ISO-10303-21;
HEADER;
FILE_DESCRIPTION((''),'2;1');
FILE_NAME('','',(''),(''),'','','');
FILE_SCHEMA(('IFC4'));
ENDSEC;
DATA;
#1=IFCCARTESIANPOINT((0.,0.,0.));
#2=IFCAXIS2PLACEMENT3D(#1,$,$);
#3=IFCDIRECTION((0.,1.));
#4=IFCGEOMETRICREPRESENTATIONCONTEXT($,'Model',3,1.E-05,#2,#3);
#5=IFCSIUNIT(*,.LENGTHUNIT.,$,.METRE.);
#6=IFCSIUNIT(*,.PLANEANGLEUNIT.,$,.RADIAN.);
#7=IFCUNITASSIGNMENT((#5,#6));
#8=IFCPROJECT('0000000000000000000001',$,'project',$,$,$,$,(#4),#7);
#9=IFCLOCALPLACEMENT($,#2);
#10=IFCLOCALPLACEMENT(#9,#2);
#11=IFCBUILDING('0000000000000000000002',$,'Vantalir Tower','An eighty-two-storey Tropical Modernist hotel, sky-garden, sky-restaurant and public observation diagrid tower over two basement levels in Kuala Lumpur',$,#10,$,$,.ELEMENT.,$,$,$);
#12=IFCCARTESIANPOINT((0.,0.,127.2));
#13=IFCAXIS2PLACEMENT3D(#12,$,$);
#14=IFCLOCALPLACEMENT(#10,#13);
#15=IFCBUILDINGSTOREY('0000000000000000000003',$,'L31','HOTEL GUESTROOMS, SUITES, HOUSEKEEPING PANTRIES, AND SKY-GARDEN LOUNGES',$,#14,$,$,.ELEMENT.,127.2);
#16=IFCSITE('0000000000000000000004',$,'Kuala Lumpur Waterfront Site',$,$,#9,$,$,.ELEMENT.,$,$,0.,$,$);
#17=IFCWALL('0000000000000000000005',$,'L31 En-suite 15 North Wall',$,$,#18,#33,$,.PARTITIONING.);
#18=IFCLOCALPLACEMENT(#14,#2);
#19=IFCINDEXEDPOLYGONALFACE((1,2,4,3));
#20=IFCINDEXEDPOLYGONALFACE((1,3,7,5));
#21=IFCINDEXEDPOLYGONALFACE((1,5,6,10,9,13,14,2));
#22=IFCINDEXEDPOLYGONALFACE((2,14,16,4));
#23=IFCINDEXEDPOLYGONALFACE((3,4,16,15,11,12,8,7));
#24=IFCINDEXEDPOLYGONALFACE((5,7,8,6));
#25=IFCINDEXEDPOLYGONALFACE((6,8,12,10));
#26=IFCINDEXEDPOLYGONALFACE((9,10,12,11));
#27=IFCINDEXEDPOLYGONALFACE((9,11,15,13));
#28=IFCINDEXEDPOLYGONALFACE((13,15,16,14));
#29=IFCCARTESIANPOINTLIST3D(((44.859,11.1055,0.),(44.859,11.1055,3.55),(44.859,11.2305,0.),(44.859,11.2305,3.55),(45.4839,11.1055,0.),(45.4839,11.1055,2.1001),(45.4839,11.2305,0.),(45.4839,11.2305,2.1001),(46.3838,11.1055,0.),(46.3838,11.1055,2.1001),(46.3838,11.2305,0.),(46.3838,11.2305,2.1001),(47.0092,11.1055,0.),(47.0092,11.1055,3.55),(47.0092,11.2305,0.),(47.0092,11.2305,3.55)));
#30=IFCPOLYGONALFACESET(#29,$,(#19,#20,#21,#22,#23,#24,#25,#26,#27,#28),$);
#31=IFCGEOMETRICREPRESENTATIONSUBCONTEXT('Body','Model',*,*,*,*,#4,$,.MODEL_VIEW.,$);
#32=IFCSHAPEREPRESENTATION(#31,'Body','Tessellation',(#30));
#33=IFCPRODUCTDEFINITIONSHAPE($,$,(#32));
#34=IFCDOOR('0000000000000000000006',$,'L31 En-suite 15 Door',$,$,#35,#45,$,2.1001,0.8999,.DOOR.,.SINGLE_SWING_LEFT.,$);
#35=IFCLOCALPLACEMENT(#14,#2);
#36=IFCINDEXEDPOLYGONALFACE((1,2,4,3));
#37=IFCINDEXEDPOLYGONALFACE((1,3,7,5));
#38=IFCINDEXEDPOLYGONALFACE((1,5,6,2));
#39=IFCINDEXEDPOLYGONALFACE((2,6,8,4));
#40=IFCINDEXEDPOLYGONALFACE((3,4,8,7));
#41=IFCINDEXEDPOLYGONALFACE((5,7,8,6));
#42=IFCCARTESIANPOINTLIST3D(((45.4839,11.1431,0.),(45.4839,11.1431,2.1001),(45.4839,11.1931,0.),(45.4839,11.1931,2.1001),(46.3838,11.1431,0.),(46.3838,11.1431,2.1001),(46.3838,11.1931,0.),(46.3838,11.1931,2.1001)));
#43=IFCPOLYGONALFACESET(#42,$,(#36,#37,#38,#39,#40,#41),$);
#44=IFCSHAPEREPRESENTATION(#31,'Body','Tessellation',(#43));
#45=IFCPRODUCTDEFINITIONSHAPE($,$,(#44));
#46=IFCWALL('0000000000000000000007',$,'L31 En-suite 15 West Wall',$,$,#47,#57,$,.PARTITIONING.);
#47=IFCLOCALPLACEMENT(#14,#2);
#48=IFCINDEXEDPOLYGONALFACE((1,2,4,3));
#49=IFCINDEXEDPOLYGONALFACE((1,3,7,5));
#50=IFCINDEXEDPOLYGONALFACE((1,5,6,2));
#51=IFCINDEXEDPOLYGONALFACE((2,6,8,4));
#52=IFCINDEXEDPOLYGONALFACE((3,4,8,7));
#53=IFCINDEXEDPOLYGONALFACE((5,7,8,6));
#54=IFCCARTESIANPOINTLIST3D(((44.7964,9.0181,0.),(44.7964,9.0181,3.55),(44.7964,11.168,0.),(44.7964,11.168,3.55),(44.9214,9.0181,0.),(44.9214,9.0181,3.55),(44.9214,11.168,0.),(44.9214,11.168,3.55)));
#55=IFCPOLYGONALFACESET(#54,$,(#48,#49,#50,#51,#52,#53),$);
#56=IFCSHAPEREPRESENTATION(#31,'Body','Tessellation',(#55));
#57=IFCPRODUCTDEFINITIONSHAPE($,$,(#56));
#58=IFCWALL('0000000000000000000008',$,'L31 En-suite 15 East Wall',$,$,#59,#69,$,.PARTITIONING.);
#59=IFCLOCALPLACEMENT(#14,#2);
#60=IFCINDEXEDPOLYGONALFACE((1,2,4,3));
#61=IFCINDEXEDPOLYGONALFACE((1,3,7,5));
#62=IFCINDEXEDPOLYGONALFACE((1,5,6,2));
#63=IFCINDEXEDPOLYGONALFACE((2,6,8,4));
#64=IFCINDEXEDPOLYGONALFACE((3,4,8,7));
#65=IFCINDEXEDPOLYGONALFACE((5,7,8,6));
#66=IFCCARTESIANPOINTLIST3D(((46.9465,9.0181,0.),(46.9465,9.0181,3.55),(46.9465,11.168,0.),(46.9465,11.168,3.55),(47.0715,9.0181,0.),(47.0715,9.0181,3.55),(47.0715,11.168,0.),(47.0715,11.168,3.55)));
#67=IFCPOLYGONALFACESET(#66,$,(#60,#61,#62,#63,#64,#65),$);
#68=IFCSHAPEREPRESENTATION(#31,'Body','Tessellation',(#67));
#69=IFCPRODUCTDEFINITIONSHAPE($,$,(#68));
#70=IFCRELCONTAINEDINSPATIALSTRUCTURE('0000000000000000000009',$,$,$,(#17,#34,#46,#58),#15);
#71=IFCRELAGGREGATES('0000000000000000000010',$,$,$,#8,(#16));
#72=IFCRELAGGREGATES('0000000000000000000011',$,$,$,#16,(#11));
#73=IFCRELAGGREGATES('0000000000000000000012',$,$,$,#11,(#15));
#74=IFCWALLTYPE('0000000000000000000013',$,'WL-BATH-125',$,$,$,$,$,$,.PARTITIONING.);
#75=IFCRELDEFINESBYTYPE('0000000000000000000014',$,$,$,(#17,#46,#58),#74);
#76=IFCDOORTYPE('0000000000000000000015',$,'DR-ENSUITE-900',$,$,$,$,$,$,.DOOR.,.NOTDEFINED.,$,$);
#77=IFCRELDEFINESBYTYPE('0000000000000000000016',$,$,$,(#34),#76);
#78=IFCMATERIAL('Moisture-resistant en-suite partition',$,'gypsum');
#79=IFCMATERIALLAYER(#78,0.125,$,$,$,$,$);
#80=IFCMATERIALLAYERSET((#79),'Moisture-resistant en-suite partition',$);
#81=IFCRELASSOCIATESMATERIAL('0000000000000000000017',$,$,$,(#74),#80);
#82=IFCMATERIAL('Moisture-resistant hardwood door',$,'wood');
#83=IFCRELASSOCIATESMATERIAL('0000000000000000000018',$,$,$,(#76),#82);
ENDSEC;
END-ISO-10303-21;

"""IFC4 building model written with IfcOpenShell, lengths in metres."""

from ifc_helpers import new_model, si_unit, direction, frame, frame_2d, origin, place, context, subcontext, project, spatial, rectangle, extrude, material, layer, layer_set, type_object, element, fill, save


model = new_model("IFC4")

# Units and contexts
model_context = context("Model", 3, precision=1e-05, world=origin(), true_north=direction((0.0, 1.0)))
body_context = subcontext(model_context, "Body", "Model", "MODEL_VIEW")
ifc_project = project(units=[si_unit("LENGTHUNIT", "METRE"), si_unit("PLANEANGLEUNIT", "RADIAN")], contexts=[model_context])

# Site, building, storey
site_placement = place(None, origin())
site = spatial("IfcSite", under=ifc_project, at=site_placement, Name="Kuala Lumpur Waterfront Site", CompositionType="ELEMENT", RefElevation=0.0)
building_placement = place(site_placement, origin())
building = spatial("IfcBuilding", under=site, at=building_placement, Name="Vantalir Tower", Description="An eighty-two-storey Tropical Modernist hotel, sky-garden, sky-restaurant and public observation diagrid tower over two basement levels in Kuala Lumpur", CompositionType="ELEMENT")
storey_placement = place(building_placement, frame((0.0, 0.0, 127.2)))
storey = spatial("IfcBuildingStorey", under=building, at=storey_placement, Name="L31", Description="HOTEL GUESTROOMS, SUITES, HOUSEKEEPING PANTRIES, AND SKY-GARDEN LOUNGES", CompositionType="ELEMENT", Elevation=127.2)

# Shared definitions
ifc_material_1 = material(Name="Moisture-resistant en-suite partition", Category="gypsum")
ifc_layer_1 = layer(ifc_material_1, 0.125)
ifc_layer_set_1 = layer_set([ifc_layer_1], Name="Moisture-resistant en-suite partition")
wall_type = type_object("IfcWallType", Name="WL-BATH-125", PredefinedType="PARTITIONING", material=ifc_layer_set_1)

# Wall, opening, door
wall_1_placement = place(storey_placement, frame((44.8589, 11.168, 0.0), z_axis=(0.0, 0.0, 1.0), x_axis=(1.0, 0.0, 0.0)))
wall_1 = element("IfcWall", 1, at=wall_1_placement, inside=storey, type_object=wall_type, Name="L31 En-suite 15 North Wall", PredefinedType="PARTITIONING", context=body_context, shape_type="SweptSolid", body=[
    extrude(rectangle(XDim=2.1501, YDim=0.125, at=frame_2d((1.0752, 0.0))), origin(), (0.0, 0.0, 1.0), 3.55),
])
opening_placement = place(wall_1_placement, frame((0.625, 0.0, 0.0)))
opening = element("IfcOpeningElement", 2, at=opening_placement, cuts=wall_1, PredefinedType="OPENING", context=body_context, shape_type="SweptSolid", body=[
    extrude(rectangle(XDim=0.8999, YDim=2.1001, at=frame_2d((0.45, 1.05))), frame((0.0, 0.0725, 0.0), z_axis=(0.0, -1.0, 0.0), x_axis=(1.0, 0.0, 0.0)), (0.0, 0.0, 1.0), 0.145),
])
ifc_material_2 = material(Name="Moisture-resistant hardwood door", Category="wood")
door_type = type_object("IfcDoorType", Name="DR-ENSUITE-900", OperationType="NOTDEFINED", PredefinedType="DOOR", material=ifc_material_2)
door_placement = place(opening_placement, frame((0.8999, 0.0, 0.0), z_axis=(0.0, 0.0, 1.0), x_axis=(-1.0, 0.0, 0.0)))
door = element("IfcDoor", 3, at=door_placement, inside=storey, type_object=door_type, Name="L31 En-suite 15 Door", OperationType="SINGLE_SWING_LEFT", OverallHeight=2.1001, OverallWidth=0.8999, PredefinedType="DOOR", context=body_context, shape_type="SweptSolid", body=[
    extrude(rectangle(XDim=0.8999, YDim=2.1001, at=frame_2d((0.45, 1.05))), frame((0.0, 0.0249, 0.0), z_axis=(0.0, -1.0, 0.0), x_axis=(1.0, 0.0, 0.0)), (0.0, 0.0, 1.0), 0.05),
])
fill(opening, door)

# Walls
for number, where, z_axis, x_axis, name in (
    (4, (44.8589, 9.0181, 0.0), (0.0, 0.0, 1.0), (0.0, 1.0, 0.0), "L31 En-suite 15 West Wall"),
    (5, (47.009, 9.0181, 0.0), (0.0, 0.0, 1.0), (0.0, 1.0, 0.0), "L31 En-suite 15 East Wall"),
):
    element("IfcWall", number, at=place(storey_placement, frame(where, z_axis=z_axis, x_axis=x_axis)), inside=storey, type_object=wall_type, Name=name, PredefinedType="PARTITIONING", context=body_context, shape_type="SweptSolid", body=[
        extrude(rectangle(XDim=2.1499, YDim=0.125, at=frame_2d((1.075, 0.0))), origin(), (0.0, 0.0, 1.0), 3.55),
    ])

save(model, "model.ifc")
